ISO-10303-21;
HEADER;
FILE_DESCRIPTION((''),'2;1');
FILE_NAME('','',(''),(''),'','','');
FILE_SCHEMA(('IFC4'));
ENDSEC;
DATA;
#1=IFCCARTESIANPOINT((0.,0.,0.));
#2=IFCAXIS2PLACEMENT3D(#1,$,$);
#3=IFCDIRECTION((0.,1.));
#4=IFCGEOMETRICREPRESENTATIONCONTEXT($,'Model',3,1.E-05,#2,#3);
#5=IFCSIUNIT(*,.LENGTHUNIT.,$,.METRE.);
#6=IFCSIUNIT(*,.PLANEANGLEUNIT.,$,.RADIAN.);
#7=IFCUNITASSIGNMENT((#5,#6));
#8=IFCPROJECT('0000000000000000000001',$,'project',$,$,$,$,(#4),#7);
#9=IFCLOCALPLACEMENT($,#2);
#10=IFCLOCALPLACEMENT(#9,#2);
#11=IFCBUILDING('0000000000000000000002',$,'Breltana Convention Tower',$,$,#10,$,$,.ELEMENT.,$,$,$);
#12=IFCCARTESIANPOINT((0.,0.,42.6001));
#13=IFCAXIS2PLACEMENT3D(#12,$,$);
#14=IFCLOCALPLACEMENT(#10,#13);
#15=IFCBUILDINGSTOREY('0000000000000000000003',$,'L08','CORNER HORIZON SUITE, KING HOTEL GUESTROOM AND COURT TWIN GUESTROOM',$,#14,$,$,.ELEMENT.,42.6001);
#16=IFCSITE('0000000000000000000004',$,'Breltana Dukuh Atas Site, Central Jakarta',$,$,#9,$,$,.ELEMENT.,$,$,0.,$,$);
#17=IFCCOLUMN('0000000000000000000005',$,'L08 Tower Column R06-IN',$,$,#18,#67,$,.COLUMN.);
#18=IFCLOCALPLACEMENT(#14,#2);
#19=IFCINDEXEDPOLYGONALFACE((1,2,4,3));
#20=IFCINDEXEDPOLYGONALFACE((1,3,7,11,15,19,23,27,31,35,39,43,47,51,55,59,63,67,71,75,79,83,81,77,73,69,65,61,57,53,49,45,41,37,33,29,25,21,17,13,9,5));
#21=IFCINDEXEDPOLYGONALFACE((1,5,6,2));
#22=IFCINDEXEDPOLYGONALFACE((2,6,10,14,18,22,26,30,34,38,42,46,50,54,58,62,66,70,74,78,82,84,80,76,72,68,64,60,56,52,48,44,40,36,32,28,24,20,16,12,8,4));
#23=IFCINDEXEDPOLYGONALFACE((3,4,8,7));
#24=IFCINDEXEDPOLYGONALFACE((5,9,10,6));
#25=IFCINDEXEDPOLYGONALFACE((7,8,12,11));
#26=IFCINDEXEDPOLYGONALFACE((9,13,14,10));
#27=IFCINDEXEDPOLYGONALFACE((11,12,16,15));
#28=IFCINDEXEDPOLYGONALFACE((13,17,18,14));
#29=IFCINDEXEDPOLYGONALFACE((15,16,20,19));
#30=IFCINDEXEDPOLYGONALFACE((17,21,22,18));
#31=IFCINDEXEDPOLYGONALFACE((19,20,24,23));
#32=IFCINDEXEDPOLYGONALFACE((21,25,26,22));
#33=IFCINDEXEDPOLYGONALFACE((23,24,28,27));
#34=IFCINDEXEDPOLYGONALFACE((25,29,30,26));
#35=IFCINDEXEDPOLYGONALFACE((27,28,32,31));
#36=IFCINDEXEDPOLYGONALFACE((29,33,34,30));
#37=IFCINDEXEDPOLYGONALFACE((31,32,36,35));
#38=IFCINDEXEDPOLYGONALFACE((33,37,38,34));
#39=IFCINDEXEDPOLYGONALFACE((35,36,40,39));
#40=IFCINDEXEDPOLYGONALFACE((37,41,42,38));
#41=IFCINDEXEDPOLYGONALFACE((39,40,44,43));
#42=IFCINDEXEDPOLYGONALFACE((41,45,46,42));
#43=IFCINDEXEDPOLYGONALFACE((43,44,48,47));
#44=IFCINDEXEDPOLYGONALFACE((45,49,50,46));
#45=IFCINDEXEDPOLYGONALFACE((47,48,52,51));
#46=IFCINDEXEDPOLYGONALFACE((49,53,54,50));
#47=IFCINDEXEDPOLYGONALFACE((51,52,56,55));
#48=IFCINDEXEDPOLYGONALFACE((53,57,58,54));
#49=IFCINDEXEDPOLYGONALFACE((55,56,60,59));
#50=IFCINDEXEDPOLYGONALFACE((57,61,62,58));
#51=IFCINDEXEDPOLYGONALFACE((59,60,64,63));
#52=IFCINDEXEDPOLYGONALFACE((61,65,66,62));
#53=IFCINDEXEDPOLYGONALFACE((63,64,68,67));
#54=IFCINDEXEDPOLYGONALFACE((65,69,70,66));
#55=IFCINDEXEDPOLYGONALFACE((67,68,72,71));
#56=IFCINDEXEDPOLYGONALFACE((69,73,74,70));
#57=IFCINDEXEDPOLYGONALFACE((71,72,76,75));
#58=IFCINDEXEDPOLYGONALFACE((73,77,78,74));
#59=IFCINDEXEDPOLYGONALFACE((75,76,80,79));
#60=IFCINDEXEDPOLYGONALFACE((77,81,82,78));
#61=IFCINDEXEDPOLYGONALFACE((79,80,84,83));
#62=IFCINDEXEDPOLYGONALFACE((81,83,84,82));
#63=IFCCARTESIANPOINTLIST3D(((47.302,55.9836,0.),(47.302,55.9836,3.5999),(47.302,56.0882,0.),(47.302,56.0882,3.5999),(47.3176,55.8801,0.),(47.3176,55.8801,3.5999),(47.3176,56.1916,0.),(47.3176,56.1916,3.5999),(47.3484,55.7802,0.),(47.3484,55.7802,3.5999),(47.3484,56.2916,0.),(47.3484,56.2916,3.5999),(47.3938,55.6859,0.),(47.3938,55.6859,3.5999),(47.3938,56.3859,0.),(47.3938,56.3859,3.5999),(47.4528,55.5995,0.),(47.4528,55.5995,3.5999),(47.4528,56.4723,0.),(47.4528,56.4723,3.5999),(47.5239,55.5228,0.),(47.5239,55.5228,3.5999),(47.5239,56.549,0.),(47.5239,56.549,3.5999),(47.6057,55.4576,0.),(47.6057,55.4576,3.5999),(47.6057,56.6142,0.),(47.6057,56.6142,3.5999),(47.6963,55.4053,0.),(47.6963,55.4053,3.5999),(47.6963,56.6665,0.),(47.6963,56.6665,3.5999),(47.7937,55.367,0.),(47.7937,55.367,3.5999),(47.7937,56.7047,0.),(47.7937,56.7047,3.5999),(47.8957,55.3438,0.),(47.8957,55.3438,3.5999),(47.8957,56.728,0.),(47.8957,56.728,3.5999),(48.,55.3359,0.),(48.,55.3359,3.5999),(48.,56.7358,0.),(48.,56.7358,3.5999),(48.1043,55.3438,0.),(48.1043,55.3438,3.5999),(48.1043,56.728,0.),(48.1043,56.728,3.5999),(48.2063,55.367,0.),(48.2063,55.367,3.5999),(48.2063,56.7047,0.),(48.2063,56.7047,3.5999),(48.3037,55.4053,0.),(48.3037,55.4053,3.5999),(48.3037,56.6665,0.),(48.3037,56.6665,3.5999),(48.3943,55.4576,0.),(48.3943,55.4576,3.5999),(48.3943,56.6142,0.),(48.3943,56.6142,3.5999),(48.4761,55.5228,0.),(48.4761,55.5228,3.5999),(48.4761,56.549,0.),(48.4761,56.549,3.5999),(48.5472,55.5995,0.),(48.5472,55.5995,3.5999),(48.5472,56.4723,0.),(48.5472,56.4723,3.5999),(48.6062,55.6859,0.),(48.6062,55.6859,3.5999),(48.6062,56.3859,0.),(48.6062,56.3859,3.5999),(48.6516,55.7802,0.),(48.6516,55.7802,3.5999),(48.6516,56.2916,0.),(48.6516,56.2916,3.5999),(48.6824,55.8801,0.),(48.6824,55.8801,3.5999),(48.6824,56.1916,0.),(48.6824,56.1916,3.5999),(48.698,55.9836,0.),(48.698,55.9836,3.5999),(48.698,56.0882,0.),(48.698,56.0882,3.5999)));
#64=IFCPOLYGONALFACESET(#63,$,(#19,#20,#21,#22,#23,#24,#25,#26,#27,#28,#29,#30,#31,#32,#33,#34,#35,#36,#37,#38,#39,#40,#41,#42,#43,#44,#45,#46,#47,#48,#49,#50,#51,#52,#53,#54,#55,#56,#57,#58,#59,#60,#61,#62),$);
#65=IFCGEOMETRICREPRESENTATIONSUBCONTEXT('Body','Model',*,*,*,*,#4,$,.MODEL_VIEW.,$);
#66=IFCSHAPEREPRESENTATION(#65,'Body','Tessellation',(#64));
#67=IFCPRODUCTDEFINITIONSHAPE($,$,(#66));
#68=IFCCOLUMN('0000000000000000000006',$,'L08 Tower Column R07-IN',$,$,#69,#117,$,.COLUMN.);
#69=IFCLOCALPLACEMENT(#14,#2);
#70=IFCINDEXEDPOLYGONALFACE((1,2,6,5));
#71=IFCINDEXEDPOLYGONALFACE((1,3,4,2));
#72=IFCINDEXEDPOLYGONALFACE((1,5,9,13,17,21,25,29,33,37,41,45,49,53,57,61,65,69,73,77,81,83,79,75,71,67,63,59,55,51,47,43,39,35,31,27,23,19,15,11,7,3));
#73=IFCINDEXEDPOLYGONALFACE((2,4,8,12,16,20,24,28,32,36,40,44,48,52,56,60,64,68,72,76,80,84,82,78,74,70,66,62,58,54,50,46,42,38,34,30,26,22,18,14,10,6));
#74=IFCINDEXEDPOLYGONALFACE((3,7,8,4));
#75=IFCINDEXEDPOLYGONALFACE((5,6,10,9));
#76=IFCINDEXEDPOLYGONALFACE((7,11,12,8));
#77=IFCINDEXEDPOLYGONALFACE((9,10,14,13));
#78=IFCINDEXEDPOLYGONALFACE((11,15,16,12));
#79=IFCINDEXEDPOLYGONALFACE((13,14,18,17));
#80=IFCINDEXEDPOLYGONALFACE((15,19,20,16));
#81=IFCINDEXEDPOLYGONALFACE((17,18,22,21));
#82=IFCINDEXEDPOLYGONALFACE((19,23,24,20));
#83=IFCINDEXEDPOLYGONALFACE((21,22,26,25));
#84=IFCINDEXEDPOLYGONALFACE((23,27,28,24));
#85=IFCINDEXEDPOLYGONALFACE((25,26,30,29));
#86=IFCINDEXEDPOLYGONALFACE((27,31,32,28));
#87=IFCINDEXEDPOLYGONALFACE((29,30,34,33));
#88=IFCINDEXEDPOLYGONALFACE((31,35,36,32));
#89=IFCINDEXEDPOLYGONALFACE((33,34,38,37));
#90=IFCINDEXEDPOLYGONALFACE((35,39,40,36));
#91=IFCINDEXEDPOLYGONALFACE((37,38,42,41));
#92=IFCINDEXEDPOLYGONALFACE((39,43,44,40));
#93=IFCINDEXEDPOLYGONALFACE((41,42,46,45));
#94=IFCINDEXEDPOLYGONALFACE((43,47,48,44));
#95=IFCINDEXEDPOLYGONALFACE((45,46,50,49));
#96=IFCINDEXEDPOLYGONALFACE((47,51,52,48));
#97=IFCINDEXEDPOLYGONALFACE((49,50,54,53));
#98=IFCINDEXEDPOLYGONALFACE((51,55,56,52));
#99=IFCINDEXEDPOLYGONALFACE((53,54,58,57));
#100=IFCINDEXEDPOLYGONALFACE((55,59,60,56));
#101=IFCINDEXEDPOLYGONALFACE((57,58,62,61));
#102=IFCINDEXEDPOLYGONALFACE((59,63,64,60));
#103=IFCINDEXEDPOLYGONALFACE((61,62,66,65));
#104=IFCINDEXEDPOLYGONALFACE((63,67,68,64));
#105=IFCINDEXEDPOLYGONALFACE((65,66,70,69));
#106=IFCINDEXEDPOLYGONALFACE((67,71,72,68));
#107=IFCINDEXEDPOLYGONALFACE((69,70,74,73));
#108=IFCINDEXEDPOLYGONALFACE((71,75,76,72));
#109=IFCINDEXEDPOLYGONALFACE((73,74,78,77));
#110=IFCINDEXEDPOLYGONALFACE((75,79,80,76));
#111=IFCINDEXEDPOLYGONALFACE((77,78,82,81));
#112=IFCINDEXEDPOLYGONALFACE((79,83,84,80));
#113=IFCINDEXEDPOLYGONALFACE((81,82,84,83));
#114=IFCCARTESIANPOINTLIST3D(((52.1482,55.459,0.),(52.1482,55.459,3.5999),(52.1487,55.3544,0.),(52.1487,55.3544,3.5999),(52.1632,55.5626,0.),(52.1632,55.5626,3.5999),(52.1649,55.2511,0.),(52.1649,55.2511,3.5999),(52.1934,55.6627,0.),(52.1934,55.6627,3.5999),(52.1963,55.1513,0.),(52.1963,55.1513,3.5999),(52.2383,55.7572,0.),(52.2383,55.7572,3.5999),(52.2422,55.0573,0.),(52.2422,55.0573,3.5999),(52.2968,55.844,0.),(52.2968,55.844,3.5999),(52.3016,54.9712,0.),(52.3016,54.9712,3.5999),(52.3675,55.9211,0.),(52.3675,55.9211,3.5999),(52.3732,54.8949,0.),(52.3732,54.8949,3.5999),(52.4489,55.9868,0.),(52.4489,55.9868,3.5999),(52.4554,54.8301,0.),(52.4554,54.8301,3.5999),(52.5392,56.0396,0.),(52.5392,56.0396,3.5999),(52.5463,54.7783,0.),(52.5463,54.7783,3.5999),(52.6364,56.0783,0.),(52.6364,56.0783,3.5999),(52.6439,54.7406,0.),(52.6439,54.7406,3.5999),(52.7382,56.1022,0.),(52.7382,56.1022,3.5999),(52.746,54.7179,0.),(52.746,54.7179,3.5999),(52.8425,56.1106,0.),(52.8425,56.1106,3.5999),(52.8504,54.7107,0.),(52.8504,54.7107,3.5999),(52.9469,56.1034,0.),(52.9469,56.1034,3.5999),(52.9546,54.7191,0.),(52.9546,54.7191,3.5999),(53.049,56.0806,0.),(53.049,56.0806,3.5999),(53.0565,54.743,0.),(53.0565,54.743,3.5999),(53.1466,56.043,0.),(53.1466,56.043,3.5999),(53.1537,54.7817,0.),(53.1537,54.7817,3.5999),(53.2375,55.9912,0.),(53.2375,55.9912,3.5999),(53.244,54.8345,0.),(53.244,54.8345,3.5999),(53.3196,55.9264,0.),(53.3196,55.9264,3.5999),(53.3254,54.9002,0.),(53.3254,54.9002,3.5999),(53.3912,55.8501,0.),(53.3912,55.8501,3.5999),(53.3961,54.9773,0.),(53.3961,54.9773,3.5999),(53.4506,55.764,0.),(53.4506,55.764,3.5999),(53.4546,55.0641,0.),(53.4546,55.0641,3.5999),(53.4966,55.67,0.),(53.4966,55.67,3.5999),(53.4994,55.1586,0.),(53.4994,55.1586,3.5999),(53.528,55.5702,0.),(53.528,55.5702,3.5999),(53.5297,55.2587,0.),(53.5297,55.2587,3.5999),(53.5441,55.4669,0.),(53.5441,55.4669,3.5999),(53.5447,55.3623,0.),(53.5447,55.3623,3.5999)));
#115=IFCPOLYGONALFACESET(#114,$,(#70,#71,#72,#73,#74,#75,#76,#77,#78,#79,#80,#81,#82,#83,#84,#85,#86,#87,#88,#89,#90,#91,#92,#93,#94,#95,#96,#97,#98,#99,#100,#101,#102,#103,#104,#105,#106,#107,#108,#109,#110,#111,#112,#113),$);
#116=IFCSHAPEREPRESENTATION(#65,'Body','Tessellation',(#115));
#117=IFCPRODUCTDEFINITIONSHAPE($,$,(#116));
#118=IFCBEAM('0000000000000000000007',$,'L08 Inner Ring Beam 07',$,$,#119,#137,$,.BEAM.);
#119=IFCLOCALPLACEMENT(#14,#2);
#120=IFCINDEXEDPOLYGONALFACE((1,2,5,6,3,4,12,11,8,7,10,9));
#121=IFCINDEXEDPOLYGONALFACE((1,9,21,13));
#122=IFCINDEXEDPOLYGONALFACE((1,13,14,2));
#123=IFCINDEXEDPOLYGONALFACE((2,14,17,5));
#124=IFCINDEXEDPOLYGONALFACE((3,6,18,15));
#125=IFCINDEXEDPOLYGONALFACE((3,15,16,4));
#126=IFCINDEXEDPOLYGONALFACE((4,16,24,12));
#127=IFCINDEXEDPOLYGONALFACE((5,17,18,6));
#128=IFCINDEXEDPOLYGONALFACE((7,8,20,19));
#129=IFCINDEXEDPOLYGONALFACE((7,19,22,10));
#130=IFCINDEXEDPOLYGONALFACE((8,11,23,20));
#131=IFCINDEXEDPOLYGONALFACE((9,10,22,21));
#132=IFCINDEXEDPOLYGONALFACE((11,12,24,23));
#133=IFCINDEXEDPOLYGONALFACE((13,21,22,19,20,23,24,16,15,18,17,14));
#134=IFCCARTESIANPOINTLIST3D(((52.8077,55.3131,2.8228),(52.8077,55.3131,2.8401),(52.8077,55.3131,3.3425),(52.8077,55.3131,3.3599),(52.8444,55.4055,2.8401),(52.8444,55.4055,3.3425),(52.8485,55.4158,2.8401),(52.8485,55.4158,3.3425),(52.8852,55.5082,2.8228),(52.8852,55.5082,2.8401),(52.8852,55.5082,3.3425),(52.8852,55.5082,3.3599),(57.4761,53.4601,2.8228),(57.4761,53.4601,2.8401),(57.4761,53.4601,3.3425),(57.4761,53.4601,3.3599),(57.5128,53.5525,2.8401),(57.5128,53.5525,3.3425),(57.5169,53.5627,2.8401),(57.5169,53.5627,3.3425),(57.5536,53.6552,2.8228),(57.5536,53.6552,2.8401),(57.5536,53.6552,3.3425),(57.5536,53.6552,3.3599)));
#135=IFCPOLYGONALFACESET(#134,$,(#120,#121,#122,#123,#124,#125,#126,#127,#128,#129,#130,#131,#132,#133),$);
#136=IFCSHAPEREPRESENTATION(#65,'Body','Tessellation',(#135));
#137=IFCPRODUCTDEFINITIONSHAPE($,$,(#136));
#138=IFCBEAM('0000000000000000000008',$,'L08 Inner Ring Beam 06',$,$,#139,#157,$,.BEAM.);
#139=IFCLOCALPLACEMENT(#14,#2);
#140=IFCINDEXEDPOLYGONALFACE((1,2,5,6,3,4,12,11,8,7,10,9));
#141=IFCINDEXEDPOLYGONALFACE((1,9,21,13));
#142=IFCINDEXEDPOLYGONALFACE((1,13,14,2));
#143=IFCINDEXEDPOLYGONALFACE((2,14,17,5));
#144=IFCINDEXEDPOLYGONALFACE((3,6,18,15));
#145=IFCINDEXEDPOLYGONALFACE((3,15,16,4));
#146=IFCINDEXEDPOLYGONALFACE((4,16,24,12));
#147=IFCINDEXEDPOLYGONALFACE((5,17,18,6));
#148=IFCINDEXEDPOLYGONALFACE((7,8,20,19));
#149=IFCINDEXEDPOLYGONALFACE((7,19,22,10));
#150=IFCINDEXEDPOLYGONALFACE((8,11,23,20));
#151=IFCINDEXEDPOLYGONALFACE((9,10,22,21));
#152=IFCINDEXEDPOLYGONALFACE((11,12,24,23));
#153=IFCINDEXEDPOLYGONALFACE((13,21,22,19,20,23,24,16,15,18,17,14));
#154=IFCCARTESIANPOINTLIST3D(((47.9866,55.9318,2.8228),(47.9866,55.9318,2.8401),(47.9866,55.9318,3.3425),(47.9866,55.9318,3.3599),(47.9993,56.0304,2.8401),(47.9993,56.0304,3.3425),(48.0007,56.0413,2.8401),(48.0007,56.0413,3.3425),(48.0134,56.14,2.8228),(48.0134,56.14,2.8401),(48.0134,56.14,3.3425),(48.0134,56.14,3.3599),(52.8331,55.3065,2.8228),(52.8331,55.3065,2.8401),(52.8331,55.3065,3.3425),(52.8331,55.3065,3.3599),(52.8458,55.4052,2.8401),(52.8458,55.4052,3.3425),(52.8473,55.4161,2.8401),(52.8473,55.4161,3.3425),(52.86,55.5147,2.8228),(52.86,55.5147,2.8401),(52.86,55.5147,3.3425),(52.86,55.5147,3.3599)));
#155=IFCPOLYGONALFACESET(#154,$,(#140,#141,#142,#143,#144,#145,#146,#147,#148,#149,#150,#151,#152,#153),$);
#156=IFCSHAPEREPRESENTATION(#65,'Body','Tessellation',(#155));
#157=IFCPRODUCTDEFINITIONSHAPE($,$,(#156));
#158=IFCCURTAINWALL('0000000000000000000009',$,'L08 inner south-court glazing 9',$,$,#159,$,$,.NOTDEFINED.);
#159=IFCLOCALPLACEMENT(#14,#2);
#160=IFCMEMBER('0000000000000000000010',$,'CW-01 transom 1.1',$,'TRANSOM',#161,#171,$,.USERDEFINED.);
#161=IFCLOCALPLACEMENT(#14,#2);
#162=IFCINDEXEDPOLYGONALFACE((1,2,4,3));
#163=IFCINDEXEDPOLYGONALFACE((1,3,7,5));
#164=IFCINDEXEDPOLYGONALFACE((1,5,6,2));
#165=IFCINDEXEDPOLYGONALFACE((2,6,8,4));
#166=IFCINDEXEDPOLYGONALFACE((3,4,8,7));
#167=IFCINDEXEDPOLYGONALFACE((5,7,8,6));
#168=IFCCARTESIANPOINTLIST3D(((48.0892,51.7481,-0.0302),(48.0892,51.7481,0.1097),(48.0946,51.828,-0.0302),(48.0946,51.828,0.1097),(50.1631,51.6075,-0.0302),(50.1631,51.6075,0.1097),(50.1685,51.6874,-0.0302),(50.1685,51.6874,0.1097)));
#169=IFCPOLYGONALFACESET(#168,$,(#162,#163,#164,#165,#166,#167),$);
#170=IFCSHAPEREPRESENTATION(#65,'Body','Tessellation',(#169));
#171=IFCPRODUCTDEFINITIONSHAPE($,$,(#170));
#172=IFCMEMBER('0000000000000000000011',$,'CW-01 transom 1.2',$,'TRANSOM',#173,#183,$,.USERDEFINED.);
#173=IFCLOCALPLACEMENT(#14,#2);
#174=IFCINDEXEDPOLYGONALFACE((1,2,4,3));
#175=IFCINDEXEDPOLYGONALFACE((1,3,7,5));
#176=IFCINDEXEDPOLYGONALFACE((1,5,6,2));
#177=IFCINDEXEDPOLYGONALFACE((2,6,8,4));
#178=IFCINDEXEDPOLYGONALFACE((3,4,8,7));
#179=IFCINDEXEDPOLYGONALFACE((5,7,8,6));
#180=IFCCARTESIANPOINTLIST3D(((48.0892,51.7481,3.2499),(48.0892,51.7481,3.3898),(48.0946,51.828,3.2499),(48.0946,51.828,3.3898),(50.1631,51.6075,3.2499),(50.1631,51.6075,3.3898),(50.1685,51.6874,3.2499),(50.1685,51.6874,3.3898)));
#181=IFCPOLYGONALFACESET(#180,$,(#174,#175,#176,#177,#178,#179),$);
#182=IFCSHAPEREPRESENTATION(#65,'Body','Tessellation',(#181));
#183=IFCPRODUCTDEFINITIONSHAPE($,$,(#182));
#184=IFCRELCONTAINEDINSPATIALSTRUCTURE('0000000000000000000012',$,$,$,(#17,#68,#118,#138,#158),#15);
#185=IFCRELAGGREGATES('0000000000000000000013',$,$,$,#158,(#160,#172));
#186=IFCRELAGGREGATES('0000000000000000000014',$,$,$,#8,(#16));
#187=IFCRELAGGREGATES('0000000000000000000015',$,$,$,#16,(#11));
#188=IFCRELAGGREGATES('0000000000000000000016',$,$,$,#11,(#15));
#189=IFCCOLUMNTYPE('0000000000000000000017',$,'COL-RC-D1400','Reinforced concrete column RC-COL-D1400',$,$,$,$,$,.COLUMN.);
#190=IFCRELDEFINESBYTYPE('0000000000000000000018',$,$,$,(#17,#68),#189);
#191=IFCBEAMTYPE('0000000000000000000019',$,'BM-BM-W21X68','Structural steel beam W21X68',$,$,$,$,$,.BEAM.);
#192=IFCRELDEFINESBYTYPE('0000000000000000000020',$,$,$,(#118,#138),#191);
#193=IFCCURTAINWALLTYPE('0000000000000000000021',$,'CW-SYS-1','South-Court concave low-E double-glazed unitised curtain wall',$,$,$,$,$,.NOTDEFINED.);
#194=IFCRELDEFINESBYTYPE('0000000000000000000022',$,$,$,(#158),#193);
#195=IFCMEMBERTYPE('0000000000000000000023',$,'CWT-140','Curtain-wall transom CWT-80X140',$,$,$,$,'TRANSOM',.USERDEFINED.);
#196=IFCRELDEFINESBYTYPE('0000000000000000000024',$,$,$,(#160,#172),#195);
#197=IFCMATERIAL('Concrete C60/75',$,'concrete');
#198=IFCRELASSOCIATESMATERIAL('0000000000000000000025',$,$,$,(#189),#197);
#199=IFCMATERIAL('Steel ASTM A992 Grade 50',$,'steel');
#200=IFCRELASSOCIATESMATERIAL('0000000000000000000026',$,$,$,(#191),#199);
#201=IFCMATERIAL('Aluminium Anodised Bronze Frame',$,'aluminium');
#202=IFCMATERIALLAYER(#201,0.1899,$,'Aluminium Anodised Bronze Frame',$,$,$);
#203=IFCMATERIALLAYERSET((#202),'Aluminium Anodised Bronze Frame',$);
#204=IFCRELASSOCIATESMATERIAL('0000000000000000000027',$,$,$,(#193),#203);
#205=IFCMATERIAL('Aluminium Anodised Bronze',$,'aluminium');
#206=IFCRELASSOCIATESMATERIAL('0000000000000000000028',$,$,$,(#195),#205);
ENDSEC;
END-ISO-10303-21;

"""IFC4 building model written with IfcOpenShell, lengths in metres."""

from ifc_helpers import new_model, si_unit, direction, frame, origin, origin_2d, place, context, subcontext, project, spatial, rectangle, circle, i_section, extrude, source, transform, mapped, material, layer, layer_set, material_profile, profile_set, type_object, element, aggregate, save


model = new_model("IFC4")

# Units and contexts
model_context = context("Model", 3, precision=1e-05, world=origin(), true_north=direction((0.0, 1.0)))
body_context = subcontext(model_context, "Body", "Model", "MODEL_VIEW")
ifc_project = project(units=[si_unit("LENGTHUNIT", "METRE"), si_unit("PLANEANGLEUNIT", "RADIAN")], contexts=[model_context])

# Site, building, storey
site_placement = place(None, origin())
site = spatial("IfcSite", under=ifc_project, at=site_placement, Name="Breltana Dukuh Atas Site, Central Jakarta", CompositionType="ELEMENT", RefElevation=0.0)
building_placement = place(site_placement, origin())
building = spatial("IfcBuilding", under=site, at=building_placement, Name="Breltana Convention Tower", CompositionType="ELEMENT")
storey_placement = place(building_placement, frame((0.0, 0.0, 42.6001)))
storey = spatial("IfcBuildingStorey", under=building, at=storey_placement, Name="L08", Description="CORNER HORIZON SUITE, KING HOTEL GUESTROOM AND COURT TWIN GUESTROOM", CompositionType="ELEMENT", Elevation=42.6001)

# Columns
ifc_material_1 = material(Name="Concrete C60/75", Category="concrete")
ifc_material_profile_1 = material_profile(ifc_material_1, circle(Radius=0.7, at=origin_2d()), Name="RC-COL-D1400")
ifc_profile_set_1 = profile_set([ifc_material_profile_1], Name="Concrete C60/75")
column_type = type_object("IfcColumnType", Name="COL-RC-D1400", Description="Reinforced concrete column RC-COL-D1400", PredefinedType="COLUMN", material=ifc_profile_set_1)
shared_shape_1 = source(origin(), body_context, "Body", "SweptSolid", [
    extrude(circle(Radius=0.7, at=origin_2d()), origin(), (0.0, 0.0, 1.0), 3.5999),
])
for number, where, z_axis, x_axis, name in (
    (1, (48.0, 56.0359, 0.0), (0.0, 0.0, 1.0), (0.0, 1.0, 0.0), "L08 Tower Column R06-IN"),
    (2, (52.8464, 55.4106, 0.0), (0.0, 0.0, 1.0), (0.143493, 0.989651, 0.0), "L08 Tower Column R07-IN"),
):
    element("IfcColumn", number, at=place(storey_placement, frame(where, z_axis=z_axis, x_axis=x_axis)), inside=storey, type_object=column_type, Name=name, PredefinedType="COLUMN", context=body_context, shape_type="MappedRepresentation", body=[
        mapped(shared_shape_1, transform((0.0, 0.0, 0.0), scale=1.0)),
    ])

# Beams
ifc_material_2 = material(Name="Steel ASTM A992 Grade 50", Category="steel")
ifc_material_profile_2 = material_profile(ifc_material_2, i_section(OverallWidth=0.21, OverallDepth=0.5371, WebThickness=0.011, FlangeThickness=0.0173, at=origin_2d()), Name="W21X68")
ifc_profile_set_2 = profile_set([ifc_material_profile_2], Name="Steel ASTM A992 Grade 50")
beam_type = type_object("IfcBeamType", Name="BM-BM-W21X68", Description="Structural steel beam W21X68", PredefinedType="BEAM", material=ifc_profile_set_2)
shared_shape_2 = source(origin(), body_context, "Body", "SweptSolid", [
    extrude(i_section(OverallWidth=0.21, OverallDepth=0.5371, WebThickness=0.011, FlangeThickness=0.0173, at=origin_2d()), origin(), (0.0, 0.0, 1.0), 5.0227),
])
beam_1_placement = place(storey_placement, frame((52.8464, 55.4106, 3.0913), z_axis=(0.929459, -0.368926, 0.0), x_axis=(0.368926, 0.929459, 0.0)))
element("IfcBeam", 3, at=beam_1_placement, inside=storey, type_object=beam_type, Name="L08 Inner Ring Beam 07", PredefinedType="BEAM", context=body_context, shape_type="MappedRepresentation", body=[
    mapped(shared_shape_2, transform((0.0, 0.0, 0.0), scale=1.0)),
])
shared_shape_3 = source(origin(), body_context, "Body", "SweptSolid", [
    extrude(i_section(OverallWidth=0.21, OverallDepth=0.5371, WebThickness=0.011, FlangeThickness=0.0173, at=origin_2d()), origin(), (0.0, 0.0, 1.0), 4.8867),
])
beam_2_placement = place(storey_placement, frame((48.0, 56.0359, 3.0913), z_axis=(0.991781, -0.127951, 0.0), x_axis=(0.127951, 0.991781, 0.0)))
element("IfcBeam", 4, at=beam_2_placement, inside=storey, type_object=beam_type, Name="L08 Inner Ring Beam 06", PredefinedType="BEAM", context=body_context, shape_type="MappedRepresentation", body=[
    mapped(shared_shape_3, transform((0.0, 0.0, 0.0), scale=1.0)),
])

# Curtain wall, members
ifc_material_3 = material(Name="Aluminium Anodised Bronze Frame", Category="aluminium")
ifc_layer_1 = layer(ifc_material_3, 0.1899, Name="Aluminium Anodised Bronze Frame")
ifc_layer_set_1 = layer_set([ifc_layer_1], Name="Aluminium Anodised Bronze Frame")
curtain_wall_type = type_object("IfcCurtainWallType", Name="CW-SYS-1", Description="South-Court concave low-E double-glazed unitised curtain wall", PredefinedType="NOTDEFINED", material=ifc_layer_set_1)
curtain_wall_1_placement = place(storey_placement, origin())
curtain_wall_1 = element("IfcCurtainWall", 5, at=curtain_wall_1_placement, inside=storey, type_object=curtain_wall_type, Name="L08 inner south-court glazing 9", PredefinedType="NOTDEFINED")
ifc_material_4 = material(Name="Aluminium Anodised Bronze", Category="aluminium")
ifc_material_profile_3 = material_profile(ifc_material_4, rectangle(XDim=0.0801, YDim=0.1399, at=origin_2d()), Name="CWT-80X140")
ifc_profile_set_3 = profile_set([ifc_material_profile_3], Name="Aluminium Anodised Bronze")
member_type_1 = type_object("IfcMemberType", Name="CWT-140", Description="Curtain-wall transom CWT-80X140", ElementType="TRANSOM", PredefinedType="USERDEFINED", material=ifc_profile_set_3)
shared_shape_4 = source(origin(), body_context, "Body", "SweptSolid", [
    extrude(rectangle(XDim=0.0801, YDim=0.1399, at=origin_2d()), origin(), (0.0, 0.0, 1.0), 2.0786),
])
member_1_placement = place(storey_placement, frame((50.1658, 51.6475, 0.0398), z_axis=(-0.997709, 0.067657, 0.0), x_axis=(-0.067657, -0.997709, 0.0)))
member_1 = element("IfcMember", 6, at=member_1_placement, type_object=member_type_1, Name="CW-01 transom 1.1", ObjectType="TRANSOM", PredefinedType="USERDEFINED", context=body_context, shape_type="MappedRepresentation", body=[
    mapped(shared_shape_4, transform((0.0, 0.0, 0.0), scale=1.0)),
])
member_2_placement = place(storey_placement, frame((50.1658, 51.6475, 3.3198), z_axis=(-0.997709, 0.067657, 0.0), x_axis=(-0.067657, -0.997709, 0.0)))
member_2 = element("IfcMember", 7, at=member_2_placement, type_object=member_type_1, Name="CW-01 transom 1.2", ObjectType="TRANSOM", PredefinedType="USERDEFINED", context=body_context, shape_type="MappedRepresentation", body=[
    mapped(shared_shape_4, transform((0.0, 0.0, 0.0), scale=1.0)),
])

aggregate(curtain_wall_1, [member_1, member_2])

save(model, "model.ifc")
